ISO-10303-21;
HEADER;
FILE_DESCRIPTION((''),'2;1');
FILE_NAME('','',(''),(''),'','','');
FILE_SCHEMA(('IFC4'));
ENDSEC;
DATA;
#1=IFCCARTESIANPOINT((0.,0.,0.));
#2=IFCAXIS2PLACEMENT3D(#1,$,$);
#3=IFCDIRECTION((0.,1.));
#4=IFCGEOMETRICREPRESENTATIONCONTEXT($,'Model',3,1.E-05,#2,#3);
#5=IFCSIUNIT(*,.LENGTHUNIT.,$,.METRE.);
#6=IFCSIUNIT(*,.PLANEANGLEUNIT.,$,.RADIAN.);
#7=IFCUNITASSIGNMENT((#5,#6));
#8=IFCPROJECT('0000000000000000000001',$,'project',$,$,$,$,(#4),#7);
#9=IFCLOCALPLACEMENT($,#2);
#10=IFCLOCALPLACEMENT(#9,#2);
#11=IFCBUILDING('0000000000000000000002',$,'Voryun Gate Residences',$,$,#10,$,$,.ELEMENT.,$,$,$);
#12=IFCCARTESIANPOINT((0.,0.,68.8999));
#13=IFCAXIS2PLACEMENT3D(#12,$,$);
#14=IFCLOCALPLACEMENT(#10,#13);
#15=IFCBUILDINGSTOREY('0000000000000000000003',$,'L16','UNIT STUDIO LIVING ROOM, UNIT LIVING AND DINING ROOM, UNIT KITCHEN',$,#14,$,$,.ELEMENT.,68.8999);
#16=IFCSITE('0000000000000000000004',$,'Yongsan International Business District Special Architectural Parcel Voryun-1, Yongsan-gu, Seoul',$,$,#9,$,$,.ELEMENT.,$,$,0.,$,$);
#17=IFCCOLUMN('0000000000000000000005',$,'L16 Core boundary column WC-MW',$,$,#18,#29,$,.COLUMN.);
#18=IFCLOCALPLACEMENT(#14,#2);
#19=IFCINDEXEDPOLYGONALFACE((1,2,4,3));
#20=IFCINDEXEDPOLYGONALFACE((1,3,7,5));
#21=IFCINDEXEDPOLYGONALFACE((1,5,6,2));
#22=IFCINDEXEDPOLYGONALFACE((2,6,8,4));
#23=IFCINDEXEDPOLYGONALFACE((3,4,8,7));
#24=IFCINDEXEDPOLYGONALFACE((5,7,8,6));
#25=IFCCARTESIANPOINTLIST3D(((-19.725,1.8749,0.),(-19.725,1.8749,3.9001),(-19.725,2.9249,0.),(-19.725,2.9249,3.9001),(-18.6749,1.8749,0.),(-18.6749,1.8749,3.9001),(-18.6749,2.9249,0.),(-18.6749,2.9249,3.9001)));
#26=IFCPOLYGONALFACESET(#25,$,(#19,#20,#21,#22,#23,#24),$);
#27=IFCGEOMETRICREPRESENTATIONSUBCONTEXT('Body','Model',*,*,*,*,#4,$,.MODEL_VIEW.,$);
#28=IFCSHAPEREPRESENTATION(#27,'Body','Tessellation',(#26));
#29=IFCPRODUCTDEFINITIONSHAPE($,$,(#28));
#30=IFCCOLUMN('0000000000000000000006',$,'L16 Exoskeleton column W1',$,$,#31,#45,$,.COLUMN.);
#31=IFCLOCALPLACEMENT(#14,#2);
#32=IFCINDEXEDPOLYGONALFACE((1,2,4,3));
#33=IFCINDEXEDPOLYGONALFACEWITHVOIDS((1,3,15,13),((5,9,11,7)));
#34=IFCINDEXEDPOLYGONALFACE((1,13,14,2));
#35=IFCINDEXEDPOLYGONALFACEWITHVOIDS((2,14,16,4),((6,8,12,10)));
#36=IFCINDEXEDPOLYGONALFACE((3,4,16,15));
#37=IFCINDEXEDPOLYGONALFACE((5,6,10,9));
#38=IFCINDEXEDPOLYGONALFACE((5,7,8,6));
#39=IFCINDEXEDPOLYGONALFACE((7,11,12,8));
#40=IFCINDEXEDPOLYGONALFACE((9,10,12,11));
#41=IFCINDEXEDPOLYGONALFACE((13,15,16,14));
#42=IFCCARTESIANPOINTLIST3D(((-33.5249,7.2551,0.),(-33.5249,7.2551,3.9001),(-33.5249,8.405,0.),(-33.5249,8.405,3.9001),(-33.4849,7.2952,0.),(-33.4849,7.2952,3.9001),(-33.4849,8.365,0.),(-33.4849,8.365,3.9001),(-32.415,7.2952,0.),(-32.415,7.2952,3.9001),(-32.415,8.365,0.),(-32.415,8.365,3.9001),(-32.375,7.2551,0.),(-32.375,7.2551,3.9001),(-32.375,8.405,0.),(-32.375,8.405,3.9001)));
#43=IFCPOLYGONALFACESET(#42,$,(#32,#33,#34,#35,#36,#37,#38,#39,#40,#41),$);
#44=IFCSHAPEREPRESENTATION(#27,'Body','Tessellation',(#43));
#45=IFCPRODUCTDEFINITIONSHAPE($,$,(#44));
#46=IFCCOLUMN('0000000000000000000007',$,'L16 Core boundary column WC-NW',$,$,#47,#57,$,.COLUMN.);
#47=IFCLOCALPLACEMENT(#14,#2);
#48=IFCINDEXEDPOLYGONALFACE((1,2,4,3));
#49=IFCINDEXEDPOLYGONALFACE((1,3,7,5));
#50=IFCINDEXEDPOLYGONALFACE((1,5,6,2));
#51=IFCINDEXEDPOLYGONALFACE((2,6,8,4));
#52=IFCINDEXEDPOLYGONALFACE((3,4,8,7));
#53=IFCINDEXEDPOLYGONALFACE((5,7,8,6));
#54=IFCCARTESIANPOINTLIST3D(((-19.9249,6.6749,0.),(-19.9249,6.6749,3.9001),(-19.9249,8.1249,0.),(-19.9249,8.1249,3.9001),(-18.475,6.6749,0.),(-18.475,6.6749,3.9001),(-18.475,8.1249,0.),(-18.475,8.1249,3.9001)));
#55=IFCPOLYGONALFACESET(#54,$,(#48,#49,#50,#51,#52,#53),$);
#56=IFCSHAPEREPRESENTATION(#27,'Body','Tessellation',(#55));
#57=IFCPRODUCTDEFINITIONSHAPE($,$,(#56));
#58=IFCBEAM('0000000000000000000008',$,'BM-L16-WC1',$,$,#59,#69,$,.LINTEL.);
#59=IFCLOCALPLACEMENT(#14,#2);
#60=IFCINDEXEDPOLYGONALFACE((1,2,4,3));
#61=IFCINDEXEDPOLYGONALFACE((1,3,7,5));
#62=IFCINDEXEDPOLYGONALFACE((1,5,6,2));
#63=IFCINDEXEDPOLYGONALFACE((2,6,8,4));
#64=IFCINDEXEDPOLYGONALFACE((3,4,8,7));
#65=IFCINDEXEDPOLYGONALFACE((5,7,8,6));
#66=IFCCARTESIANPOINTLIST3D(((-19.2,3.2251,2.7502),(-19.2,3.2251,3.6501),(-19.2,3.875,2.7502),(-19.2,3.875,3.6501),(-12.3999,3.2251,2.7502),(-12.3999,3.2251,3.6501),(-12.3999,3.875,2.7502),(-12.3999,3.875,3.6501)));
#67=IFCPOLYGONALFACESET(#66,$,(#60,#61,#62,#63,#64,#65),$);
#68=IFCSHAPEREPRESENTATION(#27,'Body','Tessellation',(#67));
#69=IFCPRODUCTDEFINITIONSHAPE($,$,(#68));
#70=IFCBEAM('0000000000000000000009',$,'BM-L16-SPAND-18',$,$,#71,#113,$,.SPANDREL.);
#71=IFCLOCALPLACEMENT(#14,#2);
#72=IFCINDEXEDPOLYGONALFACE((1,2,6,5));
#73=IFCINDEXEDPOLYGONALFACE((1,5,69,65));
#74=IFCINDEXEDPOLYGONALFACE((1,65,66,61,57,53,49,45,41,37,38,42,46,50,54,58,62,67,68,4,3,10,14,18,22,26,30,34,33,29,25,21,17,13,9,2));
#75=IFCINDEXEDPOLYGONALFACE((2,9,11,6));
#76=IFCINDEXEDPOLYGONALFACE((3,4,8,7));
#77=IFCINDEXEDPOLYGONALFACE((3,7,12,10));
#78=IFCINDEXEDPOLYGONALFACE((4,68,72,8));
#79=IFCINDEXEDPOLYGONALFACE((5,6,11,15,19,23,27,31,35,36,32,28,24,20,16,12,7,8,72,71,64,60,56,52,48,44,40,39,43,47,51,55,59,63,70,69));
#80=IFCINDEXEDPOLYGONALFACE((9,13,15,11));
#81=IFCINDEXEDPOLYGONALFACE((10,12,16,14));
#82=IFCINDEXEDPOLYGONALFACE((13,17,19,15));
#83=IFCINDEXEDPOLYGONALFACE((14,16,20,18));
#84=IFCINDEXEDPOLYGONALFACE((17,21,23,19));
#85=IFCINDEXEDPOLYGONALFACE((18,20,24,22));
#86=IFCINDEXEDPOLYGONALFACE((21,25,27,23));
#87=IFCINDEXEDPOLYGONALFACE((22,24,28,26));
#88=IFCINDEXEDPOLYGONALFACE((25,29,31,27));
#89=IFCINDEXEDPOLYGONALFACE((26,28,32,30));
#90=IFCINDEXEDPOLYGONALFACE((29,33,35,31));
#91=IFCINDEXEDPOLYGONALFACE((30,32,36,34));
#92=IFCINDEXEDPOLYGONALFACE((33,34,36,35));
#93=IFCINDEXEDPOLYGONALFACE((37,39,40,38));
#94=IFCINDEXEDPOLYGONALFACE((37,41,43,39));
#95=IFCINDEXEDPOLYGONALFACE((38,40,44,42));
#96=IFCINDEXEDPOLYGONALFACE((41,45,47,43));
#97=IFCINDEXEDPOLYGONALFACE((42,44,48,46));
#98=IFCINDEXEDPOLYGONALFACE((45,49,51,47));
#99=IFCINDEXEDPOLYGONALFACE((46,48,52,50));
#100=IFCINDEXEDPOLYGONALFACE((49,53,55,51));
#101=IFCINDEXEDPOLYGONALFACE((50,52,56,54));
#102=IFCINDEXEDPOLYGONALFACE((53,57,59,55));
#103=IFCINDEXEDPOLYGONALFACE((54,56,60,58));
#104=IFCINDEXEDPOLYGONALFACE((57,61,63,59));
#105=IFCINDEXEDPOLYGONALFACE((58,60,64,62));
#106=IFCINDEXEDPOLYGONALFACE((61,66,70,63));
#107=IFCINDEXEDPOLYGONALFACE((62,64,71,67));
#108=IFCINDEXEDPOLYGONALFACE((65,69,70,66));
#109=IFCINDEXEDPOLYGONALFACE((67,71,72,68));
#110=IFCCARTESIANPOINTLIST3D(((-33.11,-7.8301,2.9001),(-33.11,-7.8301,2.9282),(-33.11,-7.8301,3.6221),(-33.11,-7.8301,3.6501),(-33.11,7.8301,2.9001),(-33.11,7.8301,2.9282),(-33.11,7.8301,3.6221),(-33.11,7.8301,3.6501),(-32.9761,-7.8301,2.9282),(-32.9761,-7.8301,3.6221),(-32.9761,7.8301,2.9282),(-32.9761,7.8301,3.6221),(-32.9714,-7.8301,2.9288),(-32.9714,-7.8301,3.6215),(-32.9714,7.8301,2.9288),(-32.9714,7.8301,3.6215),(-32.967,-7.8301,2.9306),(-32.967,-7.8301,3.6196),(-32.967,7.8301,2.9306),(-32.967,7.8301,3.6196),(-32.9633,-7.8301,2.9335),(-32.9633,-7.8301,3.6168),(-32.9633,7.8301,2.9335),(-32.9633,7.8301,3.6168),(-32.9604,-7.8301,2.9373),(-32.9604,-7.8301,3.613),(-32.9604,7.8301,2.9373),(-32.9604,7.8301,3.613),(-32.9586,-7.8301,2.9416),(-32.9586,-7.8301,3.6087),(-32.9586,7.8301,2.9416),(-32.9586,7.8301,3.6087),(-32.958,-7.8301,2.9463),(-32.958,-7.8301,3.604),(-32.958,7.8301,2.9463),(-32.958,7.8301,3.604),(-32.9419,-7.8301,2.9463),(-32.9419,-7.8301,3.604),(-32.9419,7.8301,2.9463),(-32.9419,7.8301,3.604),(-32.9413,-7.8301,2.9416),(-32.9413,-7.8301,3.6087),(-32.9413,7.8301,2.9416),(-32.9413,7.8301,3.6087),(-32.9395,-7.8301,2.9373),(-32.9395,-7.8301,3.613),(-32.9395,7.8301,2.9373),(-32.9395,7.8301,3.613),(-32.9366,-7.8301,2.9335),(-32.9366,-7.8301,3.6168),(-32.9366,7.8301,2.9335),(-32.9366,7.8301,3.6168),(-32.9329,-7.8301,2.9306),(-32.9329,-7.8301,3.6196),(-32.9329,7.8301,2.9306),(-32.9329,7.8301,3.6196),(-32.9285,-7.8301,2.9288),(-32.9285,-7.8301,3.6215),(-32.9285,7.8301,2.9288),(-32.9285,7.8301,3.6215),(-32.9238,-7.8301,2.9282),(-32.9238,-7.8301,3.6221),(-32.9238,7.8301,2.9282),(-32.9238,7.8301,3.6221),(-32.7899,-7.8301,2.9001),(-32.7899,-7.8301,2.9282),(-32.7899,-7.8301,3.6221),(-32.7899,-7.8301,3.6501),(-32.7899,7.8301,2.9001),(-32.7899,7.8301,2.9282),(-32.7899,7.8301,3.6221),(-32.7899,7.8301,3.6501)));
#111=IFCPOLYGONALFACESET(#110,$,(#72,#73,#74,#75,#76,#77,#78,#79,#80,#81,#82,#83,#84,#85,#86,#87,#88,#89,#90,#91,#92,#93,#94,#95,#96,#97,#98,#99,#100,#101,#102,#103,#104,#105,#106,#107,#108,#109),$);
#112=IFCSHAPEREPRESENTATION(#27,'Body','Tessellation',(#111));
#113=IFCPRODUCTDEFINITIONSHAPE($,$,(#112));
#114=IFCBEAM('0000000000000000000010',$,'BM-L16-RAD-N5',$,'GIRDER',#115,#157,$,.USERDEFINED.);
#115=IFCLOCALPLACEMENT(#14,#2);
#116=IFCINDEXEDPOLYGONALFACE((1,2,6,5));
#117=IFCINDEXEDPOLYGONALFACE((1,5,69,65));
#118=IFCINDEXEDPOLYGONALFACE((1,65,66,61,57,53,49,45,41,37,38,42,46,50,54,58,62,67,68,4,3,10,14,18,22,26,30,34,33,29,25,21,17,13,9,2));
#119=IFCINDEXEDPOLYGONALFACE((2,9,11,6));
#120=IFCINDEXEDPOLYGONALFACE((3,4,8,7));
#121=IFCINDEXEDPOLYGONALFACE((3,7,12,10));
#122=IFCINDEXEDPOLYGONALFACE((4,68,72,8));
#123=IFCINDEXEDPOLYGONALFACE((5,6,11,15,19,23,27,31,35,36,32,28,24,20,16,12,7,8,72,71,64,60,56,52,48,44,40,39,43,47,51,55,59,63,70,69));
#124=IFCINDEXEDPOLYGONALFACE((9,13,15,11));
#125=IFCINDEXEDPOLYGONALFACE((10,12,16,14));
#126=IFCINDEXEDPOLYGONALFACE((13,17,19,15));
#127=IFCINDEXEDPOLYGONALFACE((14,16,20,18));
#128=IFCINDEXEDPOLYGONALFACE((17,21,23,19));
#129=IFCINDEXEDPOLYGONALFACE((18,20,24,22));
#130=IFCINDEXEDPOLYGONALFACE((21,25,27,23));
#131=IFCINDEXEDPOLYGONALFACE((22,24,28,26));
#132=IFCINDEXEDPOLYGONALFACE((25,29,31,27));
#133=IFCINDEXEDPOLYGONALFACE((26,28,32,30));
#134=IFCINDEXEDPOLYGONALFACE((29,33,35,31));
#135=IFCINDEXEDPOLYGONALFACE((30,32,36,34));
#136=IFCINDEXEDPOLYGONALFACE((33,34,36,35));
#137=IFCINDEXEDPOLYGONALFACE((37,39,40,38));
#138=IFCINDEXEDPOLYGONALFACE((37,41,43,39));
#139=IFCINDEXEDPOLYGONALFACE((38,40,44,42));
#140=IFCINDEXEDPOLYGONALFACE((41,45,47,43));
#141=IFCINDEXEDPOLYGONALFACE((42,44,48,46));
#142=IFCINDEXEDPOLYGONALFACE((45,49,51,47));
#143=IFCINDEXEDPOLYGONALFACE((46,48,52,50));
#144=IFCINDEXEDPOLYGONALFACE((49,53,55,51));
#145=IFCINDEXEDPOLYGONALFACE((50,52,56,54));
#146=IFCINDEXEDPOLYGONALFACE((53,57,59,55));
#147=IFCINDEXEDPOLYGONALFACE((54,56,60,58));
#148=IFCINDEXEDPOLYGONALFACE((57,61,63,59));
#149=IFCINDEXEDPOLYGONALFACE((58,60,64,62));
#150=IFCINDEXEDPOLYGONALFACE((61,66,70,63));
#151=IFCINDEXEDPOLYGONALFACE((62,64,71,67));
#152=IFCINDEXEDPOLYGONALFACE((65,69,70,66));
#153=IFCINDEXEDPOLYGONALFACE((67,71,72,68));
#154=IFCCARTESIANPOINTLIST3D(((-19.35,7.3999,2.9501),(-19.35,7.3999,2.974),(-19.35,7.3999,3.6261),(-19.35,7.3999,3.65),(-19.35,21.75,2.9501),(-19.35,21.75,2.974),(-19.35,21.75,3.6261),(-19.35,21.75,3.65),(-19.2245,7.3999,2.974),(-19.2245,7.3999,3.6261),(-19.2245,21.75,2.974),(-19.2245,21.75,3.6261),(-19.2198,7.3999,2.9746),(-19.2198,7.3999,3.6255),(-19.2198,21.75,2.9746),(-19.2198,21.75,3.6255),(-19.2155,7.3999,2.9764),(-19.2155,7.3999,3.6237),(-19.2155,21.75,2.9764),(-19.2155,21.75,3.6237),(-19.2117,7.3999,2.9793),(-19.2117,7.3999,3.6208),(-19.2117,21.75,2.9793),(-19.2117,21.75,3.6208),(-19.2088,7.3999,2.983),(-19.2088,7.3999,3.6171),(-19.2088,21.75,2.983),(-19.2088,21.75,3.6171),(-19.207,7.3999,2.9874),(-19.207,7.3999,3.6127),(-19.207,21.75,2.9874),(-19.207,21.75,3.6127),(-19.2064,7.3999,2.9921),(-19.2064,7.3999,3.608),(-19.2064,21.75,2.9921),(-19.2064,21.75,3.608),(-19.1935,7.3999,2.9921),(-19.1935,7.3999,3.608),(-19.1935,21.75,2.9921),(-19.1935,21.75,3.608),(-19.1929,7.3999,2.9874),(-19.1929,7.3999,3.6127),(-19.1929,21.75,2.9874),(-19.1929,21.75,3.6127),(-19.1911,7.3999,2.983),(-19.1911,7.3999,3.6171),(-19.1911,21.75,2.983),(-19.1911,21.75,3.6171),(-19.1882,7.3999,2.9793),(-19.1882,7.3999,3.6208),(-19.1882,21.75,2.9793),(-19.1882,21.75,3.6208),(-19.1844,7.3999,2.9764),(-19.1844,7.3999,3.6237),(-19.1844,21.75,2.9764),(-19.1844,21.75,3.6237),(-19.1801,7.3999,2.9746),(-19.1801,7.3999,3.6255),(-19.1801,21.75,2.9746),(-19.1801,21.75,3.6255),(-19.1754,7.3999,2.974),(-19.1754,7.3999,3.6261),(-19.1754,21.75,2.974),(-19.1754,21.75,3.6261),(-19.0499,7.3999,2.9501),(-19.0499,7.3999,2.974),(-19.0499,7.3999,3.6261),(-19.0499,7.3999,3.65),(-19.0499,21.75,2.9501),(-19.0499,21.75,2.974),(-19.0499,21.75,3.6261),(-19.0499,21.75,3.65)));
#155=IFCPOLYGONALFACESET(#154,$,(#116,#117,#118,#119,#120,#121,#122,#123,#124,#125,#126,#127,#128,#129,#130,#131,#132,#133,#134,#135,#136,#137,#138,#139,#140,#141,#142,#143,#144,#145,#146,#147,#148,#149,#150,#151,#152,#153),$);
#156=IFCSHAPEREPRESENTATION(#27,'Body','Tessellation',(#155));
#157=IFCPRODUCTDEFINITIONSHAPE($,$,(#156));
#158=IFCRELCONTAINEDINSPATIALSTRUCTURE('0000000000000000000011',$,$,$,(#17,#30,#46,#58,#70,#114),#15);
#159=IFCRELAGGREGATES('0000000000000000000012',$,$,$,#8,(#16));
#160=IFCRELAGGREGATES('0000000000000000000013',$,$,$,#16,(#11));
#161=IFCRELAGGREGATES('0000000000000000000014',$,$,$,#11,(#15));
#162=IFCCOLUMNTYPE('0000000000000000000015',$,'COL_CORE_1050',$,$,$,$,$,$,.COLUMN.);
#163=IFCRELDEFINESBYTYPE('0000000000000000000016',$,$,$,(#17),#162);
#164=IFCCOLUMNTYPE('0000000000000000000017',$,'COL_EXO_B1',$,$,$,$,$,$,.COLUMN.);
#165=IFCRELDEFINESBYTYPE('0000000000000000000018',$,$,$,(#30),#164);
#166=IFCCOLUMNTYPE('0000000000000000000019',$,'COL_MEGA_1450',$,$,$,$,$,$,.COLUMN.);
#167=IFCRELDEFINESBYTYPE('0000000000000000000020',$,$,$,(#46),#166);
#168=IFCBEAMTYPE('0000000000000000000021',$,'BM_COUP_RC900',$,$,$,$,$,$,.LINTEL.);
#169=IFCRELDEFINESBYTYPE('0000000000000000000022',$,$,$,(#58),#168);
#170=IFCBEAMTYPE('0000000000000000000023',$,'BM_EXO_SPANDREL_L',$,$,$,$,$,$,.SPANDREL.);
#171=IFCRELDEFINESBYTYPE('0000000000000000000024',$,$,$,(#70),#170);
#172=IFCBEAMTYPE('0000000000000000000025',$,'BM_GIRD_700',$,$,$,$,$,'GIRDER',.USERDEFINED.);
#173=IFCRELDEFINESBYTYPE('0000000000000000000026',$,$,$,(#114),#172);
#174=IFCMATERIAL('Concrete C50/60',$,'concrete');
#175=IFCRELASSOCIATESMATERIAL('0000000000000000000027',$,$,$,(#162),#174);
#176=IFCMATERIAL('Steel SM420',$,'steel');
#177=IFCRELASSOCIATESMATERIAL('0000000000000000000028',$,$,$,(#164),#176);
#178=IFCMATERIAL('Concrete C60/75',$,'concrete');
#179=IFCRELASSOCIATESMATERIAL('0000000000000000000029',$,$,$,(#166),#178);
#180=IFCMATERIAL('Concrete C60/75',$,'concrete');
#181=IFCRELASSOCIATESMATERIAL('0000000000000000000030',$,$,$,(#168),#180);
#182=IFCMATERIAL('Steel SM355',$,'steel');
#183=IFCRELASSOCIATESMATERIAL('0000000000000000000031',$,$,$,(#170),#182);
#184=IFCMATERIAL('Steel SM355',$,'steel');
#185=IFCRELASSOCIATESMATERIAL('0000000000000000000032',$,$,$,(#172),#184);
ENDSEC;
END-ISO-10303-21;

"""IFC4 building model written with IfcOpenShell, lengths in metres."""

from ifc_helpers import new_model, si_unit, direction, frame, origin, origin_2d, place, context, subcontext, project, spatial, rectangle, hollow_rectangle, i_section, extrude, material, material_profile, profile_set, type_object, element, save


model = new_model("IFC4")

# Units and contexts
model_context = context("Model", 3, precision=1e-05, world=origin(), true_north=direction((0.0, 1.0)))
body_context = subcontext(model_context, "Body", "Model", "MODEL_VIEW")
ifc_project = project(units=[si_unit("LENGTHUNIT", "METRE"), si_unit("PLANEANGLEUNIT", "RADIAN")], contexts=[model_context])

# Site, building, storey
site_placement = place(None, origin())
site = spatial("IfcSite", under=ifc_project, at=site_placement, Name="Yongsan International Business District Special Architectural Parcel Voryun-1, Yongsan-gu, Seoul", CompositionType="ELEMENT", RefElevation=0.0)
building_placement = place(site_placement, origin())
building = spatial("IfcBuilding", under=site, at=building_placement, Name="Voryun Gate Residences", CompositionType="ELEMENT")
storey_placement = place(building_placement, frame((0.0, 0.0, 68.8999)))
storey = spatial("IfcBuildingStorey", under=building, at=storey_placement, Name="L16", Description="UNIT STUDIO LIVING ROOM, UNIT LIVING AND DINING ROOM, UNIT KITCHEN", CompositionType="ELEMENT", Elevation=68.8999)

# Columns
ifc_material_1 = material(Name="Concrete C50/60", Category="concrete")
ifc_material_profile_1 = material_profile(ifc_material_1, rectangle(XDim=1.05, YDim=1.05, at=origin_2d()), Name="RC-1050x1050")
ifc_profile_set_1 = profile_set([ifc_material_profile_1], Name="Concrete C50/60")
column_type_1 = type_object("IfcColumnType", Name="COL_CORE_1050", PredefinedType="COLUMN", material=ifc_profile_set_1)
column_1_placement = place(storey_placement, frame((-19.2, 2.3999, 0.0), z_axis=(0.0, 0.0, 1.0), x_axis=(1.0, 0.0, 0.0)))
element("IfcColumn", 1, at=column_1_placement, inside=storey, type_object=column_type_1, Name="L16 Core boundary column WC-MW", PredefinedType="COLUMN", context=body_context, shape_type="SweptSolid", body=[
    extrude(rectangle(XDim=1.05, YDim=1.05, at=origin_2d()), origin(), (0.0, 0.0, 1.0), 3.9001),
])
ifc_material_2 = material(Name="Steel SM420", Category="steel")
ifc_material_profile_2 = material_profile(ifc_material_2, hollow_rectangle(XDim=1.1499, YDim=1.1499, WallThickness=0.04, at=origin_2d()), Name="BOX-1150x1150x40")
ifc_profile_set_2 = profile_set([ifc_material_profile_2], Name="Steel SM420")
column_type_2 = type_object("IfcColumnType", Name="COL_EXO_B1", PredefinedType="COLUMN", material=ifc_profile_set_2)
column_2_placement = place(storey_placement, frame((-32.95, 7.8301, 0.0), z_axis=(0.0, 0.0, 1.0), x_axis=(1.0, 0.0, 0.0)))
element("IfcColumn", 2, at=column_2_placement, inside=storey, type_object=column_type_2, Name="L16 Exoskeleton column W1", PredefinedType="COLUMN", context=body_context, shape_type="SweptSolid", body=[
    extrude(hollow_rectangle(XDim=1.1499, YDim=1.1499, WallThickness=0.04, at=origin_2d()), origin(), (0.0, 0.0, 1.0), 3.9001),
])
ifc_material_3 = material(Name="Concrete C60/75", Category="concrete")
ifc_material_profile_3 = material_profile(ifc_material_3, rectangle(XDim=1.45, YDim=1.45, at=origin_2d()), Name="RC-1450x1450")
ifc_profile_set_3 = profile_set([ifc_material_profile_3], Name="Concrete C60/75")
column_type_3 = type_object("IfcColumnType", Name="COL_MEGA_1450", PredefinedType="COLUMN", material=ifc_profile_set_3)
column_3_placement = place(storey_placement, frame((-19.2, 7.3999, 0.0), z_axis=(0.0, 0.0, 1.0), x_axis=(1.0, 0.0, 0.0)))
element("IfcColumn", 3, at=column_3_placement, inside=storey, type_object=column_type_3, Name="L16 Core boundary column WC-NW", PredefinedType="COLUMN", context=body_context, shape_type="SweptSolid", body=[
    extrude(rectangle(XDim=1.45, YDim=1.45, at=origin_2d()), origin(), (0.0, 0.0, 1.0), 3.9001),
])

# Beams
ifc_material_4 = material(Name="Concrete C60/75", Category="concrete")
ifc_material_profile_4 = material_profile(ifc_material_4, rectangle(XDim=0.6499, YDim=0.8999, at=origin_2d()), Name="RC-650x900")
ifc_profile_set_4 = profile_set([ifc_material_profile_4], Name="Concrete C60/75")
beam_type_1 = type_object("IfcBeamType", Name="BM_COUP_RC900", PredefinedType="LINTEL", material=ifc_profile_set_4)
beam_1_placement = place(storey_placement, frame((-19.2, 3.55, 3.2002), z_axis=(1.0, 0.0, 0.0), x_axis=(0.0, 1.0, 0.0)))
element("IfcBeam", 4, at=beam_1_placement, inside=storey, type_object=beam_type_1, Name="BM-L16-WC1", PredefinedType="LINTEL", context=body_context, shape_type="SweptSolid", body=[
    extrude(rectangle(XDim=0.6499, YDim=0.8999, at=origin_2d()), origin(), (0.0, 0.0, 1.0), 6.8),
])
ifc_material_5 = material(Name="Steel SM355", Category="steel")
ifc_material_profile_5 = material_profile(ifc_material_5, i_section(OverallWidth=0.3201, OverallDepth=0.75, WebThickness=0.0161, FlangeThickness=0.0281, FilletRadius=0.0181, at=origin_2d()), Name="H-750x320x16x28")
ifc_profile_set_5 = profile_set([ifc_material_profile_5], Name="Steel SM355")
beam_type_2 = type_object("IfcBeamType", Name="BM_EXO_SPANDREL_L", PredefinedType="SPANDREL", material=ifc_profile_set_5)
beam_2_placement = place(storey_placement, frame((-32.95, 7.8301, 3.2751), z_axis=(0.0, -1.0, 0.0), x_axis=(1.0, 0.0, 0.0)))
element("IfcBeam", 5, at=beam_2_placement, inside=storey, type_object=beam_type_2, Name="BM-L16-SPAND-18", PredefinedType="SPANDREL", context=body_context, shape_type="SweptSolid", body=[
    extrude(i_section(OverallWidth=0.3201, OverallDepth=0.75, WebThickness=0.0161, FlangeThickness=0.0281, FilletRadius=0.0181, at=origin_2d()), origin(), (0.0, 0.0, 1.0), 15.6602),
])
ifc_material_6 = material(Name="Steel SM355", Category="steel")
ifc_material_profile_6 = material_profile(ifc_material_6, i_section(OverallWidth=0.3, OverallDepth=0.7, WebThickness=0.0129, FlangeThickness=0.0239, FilletRadius=0.0181, at=origin_2d()), Name="H-700x300x13x24")
ifc_profile_set_6 = profile_set([ifc_material_profile_6], Name="Steel SM355")
beam_type_3 = type_object("IfcBeamType", Name="BM_GIRD_700", ElementType="GIRDER", PredefinedType="USERDEFINED", material=ifc_profile_set_6)
beam_3_placement = place(storey_placement, frame((-19.2, 7.3999, 3.3), z_axis=(0.0, 1.0, 0.0), x_axis=(-1.0, 0.0, 0.0)))
element("IfcBeam", 6, at=beam_3_placement, inside=storey, type_object=beam_type_3, Name="BM-L16-RAD-N5", ObjectType="GIRDER", PredefinedType="USERDEFINED", context=body_context, shape_type="SweptSolid", body=[
    extrude(i_section(OverallWidth=0.3, OverallDepth=0.7, WebThickness=0.0129, FlangeThickness=0.0239, FilletRadius=0.0181, at=origin_2d()), origin(), (0.0, 0.0, 1.0), 14.3501),
])

save(model, "model.ifc")
